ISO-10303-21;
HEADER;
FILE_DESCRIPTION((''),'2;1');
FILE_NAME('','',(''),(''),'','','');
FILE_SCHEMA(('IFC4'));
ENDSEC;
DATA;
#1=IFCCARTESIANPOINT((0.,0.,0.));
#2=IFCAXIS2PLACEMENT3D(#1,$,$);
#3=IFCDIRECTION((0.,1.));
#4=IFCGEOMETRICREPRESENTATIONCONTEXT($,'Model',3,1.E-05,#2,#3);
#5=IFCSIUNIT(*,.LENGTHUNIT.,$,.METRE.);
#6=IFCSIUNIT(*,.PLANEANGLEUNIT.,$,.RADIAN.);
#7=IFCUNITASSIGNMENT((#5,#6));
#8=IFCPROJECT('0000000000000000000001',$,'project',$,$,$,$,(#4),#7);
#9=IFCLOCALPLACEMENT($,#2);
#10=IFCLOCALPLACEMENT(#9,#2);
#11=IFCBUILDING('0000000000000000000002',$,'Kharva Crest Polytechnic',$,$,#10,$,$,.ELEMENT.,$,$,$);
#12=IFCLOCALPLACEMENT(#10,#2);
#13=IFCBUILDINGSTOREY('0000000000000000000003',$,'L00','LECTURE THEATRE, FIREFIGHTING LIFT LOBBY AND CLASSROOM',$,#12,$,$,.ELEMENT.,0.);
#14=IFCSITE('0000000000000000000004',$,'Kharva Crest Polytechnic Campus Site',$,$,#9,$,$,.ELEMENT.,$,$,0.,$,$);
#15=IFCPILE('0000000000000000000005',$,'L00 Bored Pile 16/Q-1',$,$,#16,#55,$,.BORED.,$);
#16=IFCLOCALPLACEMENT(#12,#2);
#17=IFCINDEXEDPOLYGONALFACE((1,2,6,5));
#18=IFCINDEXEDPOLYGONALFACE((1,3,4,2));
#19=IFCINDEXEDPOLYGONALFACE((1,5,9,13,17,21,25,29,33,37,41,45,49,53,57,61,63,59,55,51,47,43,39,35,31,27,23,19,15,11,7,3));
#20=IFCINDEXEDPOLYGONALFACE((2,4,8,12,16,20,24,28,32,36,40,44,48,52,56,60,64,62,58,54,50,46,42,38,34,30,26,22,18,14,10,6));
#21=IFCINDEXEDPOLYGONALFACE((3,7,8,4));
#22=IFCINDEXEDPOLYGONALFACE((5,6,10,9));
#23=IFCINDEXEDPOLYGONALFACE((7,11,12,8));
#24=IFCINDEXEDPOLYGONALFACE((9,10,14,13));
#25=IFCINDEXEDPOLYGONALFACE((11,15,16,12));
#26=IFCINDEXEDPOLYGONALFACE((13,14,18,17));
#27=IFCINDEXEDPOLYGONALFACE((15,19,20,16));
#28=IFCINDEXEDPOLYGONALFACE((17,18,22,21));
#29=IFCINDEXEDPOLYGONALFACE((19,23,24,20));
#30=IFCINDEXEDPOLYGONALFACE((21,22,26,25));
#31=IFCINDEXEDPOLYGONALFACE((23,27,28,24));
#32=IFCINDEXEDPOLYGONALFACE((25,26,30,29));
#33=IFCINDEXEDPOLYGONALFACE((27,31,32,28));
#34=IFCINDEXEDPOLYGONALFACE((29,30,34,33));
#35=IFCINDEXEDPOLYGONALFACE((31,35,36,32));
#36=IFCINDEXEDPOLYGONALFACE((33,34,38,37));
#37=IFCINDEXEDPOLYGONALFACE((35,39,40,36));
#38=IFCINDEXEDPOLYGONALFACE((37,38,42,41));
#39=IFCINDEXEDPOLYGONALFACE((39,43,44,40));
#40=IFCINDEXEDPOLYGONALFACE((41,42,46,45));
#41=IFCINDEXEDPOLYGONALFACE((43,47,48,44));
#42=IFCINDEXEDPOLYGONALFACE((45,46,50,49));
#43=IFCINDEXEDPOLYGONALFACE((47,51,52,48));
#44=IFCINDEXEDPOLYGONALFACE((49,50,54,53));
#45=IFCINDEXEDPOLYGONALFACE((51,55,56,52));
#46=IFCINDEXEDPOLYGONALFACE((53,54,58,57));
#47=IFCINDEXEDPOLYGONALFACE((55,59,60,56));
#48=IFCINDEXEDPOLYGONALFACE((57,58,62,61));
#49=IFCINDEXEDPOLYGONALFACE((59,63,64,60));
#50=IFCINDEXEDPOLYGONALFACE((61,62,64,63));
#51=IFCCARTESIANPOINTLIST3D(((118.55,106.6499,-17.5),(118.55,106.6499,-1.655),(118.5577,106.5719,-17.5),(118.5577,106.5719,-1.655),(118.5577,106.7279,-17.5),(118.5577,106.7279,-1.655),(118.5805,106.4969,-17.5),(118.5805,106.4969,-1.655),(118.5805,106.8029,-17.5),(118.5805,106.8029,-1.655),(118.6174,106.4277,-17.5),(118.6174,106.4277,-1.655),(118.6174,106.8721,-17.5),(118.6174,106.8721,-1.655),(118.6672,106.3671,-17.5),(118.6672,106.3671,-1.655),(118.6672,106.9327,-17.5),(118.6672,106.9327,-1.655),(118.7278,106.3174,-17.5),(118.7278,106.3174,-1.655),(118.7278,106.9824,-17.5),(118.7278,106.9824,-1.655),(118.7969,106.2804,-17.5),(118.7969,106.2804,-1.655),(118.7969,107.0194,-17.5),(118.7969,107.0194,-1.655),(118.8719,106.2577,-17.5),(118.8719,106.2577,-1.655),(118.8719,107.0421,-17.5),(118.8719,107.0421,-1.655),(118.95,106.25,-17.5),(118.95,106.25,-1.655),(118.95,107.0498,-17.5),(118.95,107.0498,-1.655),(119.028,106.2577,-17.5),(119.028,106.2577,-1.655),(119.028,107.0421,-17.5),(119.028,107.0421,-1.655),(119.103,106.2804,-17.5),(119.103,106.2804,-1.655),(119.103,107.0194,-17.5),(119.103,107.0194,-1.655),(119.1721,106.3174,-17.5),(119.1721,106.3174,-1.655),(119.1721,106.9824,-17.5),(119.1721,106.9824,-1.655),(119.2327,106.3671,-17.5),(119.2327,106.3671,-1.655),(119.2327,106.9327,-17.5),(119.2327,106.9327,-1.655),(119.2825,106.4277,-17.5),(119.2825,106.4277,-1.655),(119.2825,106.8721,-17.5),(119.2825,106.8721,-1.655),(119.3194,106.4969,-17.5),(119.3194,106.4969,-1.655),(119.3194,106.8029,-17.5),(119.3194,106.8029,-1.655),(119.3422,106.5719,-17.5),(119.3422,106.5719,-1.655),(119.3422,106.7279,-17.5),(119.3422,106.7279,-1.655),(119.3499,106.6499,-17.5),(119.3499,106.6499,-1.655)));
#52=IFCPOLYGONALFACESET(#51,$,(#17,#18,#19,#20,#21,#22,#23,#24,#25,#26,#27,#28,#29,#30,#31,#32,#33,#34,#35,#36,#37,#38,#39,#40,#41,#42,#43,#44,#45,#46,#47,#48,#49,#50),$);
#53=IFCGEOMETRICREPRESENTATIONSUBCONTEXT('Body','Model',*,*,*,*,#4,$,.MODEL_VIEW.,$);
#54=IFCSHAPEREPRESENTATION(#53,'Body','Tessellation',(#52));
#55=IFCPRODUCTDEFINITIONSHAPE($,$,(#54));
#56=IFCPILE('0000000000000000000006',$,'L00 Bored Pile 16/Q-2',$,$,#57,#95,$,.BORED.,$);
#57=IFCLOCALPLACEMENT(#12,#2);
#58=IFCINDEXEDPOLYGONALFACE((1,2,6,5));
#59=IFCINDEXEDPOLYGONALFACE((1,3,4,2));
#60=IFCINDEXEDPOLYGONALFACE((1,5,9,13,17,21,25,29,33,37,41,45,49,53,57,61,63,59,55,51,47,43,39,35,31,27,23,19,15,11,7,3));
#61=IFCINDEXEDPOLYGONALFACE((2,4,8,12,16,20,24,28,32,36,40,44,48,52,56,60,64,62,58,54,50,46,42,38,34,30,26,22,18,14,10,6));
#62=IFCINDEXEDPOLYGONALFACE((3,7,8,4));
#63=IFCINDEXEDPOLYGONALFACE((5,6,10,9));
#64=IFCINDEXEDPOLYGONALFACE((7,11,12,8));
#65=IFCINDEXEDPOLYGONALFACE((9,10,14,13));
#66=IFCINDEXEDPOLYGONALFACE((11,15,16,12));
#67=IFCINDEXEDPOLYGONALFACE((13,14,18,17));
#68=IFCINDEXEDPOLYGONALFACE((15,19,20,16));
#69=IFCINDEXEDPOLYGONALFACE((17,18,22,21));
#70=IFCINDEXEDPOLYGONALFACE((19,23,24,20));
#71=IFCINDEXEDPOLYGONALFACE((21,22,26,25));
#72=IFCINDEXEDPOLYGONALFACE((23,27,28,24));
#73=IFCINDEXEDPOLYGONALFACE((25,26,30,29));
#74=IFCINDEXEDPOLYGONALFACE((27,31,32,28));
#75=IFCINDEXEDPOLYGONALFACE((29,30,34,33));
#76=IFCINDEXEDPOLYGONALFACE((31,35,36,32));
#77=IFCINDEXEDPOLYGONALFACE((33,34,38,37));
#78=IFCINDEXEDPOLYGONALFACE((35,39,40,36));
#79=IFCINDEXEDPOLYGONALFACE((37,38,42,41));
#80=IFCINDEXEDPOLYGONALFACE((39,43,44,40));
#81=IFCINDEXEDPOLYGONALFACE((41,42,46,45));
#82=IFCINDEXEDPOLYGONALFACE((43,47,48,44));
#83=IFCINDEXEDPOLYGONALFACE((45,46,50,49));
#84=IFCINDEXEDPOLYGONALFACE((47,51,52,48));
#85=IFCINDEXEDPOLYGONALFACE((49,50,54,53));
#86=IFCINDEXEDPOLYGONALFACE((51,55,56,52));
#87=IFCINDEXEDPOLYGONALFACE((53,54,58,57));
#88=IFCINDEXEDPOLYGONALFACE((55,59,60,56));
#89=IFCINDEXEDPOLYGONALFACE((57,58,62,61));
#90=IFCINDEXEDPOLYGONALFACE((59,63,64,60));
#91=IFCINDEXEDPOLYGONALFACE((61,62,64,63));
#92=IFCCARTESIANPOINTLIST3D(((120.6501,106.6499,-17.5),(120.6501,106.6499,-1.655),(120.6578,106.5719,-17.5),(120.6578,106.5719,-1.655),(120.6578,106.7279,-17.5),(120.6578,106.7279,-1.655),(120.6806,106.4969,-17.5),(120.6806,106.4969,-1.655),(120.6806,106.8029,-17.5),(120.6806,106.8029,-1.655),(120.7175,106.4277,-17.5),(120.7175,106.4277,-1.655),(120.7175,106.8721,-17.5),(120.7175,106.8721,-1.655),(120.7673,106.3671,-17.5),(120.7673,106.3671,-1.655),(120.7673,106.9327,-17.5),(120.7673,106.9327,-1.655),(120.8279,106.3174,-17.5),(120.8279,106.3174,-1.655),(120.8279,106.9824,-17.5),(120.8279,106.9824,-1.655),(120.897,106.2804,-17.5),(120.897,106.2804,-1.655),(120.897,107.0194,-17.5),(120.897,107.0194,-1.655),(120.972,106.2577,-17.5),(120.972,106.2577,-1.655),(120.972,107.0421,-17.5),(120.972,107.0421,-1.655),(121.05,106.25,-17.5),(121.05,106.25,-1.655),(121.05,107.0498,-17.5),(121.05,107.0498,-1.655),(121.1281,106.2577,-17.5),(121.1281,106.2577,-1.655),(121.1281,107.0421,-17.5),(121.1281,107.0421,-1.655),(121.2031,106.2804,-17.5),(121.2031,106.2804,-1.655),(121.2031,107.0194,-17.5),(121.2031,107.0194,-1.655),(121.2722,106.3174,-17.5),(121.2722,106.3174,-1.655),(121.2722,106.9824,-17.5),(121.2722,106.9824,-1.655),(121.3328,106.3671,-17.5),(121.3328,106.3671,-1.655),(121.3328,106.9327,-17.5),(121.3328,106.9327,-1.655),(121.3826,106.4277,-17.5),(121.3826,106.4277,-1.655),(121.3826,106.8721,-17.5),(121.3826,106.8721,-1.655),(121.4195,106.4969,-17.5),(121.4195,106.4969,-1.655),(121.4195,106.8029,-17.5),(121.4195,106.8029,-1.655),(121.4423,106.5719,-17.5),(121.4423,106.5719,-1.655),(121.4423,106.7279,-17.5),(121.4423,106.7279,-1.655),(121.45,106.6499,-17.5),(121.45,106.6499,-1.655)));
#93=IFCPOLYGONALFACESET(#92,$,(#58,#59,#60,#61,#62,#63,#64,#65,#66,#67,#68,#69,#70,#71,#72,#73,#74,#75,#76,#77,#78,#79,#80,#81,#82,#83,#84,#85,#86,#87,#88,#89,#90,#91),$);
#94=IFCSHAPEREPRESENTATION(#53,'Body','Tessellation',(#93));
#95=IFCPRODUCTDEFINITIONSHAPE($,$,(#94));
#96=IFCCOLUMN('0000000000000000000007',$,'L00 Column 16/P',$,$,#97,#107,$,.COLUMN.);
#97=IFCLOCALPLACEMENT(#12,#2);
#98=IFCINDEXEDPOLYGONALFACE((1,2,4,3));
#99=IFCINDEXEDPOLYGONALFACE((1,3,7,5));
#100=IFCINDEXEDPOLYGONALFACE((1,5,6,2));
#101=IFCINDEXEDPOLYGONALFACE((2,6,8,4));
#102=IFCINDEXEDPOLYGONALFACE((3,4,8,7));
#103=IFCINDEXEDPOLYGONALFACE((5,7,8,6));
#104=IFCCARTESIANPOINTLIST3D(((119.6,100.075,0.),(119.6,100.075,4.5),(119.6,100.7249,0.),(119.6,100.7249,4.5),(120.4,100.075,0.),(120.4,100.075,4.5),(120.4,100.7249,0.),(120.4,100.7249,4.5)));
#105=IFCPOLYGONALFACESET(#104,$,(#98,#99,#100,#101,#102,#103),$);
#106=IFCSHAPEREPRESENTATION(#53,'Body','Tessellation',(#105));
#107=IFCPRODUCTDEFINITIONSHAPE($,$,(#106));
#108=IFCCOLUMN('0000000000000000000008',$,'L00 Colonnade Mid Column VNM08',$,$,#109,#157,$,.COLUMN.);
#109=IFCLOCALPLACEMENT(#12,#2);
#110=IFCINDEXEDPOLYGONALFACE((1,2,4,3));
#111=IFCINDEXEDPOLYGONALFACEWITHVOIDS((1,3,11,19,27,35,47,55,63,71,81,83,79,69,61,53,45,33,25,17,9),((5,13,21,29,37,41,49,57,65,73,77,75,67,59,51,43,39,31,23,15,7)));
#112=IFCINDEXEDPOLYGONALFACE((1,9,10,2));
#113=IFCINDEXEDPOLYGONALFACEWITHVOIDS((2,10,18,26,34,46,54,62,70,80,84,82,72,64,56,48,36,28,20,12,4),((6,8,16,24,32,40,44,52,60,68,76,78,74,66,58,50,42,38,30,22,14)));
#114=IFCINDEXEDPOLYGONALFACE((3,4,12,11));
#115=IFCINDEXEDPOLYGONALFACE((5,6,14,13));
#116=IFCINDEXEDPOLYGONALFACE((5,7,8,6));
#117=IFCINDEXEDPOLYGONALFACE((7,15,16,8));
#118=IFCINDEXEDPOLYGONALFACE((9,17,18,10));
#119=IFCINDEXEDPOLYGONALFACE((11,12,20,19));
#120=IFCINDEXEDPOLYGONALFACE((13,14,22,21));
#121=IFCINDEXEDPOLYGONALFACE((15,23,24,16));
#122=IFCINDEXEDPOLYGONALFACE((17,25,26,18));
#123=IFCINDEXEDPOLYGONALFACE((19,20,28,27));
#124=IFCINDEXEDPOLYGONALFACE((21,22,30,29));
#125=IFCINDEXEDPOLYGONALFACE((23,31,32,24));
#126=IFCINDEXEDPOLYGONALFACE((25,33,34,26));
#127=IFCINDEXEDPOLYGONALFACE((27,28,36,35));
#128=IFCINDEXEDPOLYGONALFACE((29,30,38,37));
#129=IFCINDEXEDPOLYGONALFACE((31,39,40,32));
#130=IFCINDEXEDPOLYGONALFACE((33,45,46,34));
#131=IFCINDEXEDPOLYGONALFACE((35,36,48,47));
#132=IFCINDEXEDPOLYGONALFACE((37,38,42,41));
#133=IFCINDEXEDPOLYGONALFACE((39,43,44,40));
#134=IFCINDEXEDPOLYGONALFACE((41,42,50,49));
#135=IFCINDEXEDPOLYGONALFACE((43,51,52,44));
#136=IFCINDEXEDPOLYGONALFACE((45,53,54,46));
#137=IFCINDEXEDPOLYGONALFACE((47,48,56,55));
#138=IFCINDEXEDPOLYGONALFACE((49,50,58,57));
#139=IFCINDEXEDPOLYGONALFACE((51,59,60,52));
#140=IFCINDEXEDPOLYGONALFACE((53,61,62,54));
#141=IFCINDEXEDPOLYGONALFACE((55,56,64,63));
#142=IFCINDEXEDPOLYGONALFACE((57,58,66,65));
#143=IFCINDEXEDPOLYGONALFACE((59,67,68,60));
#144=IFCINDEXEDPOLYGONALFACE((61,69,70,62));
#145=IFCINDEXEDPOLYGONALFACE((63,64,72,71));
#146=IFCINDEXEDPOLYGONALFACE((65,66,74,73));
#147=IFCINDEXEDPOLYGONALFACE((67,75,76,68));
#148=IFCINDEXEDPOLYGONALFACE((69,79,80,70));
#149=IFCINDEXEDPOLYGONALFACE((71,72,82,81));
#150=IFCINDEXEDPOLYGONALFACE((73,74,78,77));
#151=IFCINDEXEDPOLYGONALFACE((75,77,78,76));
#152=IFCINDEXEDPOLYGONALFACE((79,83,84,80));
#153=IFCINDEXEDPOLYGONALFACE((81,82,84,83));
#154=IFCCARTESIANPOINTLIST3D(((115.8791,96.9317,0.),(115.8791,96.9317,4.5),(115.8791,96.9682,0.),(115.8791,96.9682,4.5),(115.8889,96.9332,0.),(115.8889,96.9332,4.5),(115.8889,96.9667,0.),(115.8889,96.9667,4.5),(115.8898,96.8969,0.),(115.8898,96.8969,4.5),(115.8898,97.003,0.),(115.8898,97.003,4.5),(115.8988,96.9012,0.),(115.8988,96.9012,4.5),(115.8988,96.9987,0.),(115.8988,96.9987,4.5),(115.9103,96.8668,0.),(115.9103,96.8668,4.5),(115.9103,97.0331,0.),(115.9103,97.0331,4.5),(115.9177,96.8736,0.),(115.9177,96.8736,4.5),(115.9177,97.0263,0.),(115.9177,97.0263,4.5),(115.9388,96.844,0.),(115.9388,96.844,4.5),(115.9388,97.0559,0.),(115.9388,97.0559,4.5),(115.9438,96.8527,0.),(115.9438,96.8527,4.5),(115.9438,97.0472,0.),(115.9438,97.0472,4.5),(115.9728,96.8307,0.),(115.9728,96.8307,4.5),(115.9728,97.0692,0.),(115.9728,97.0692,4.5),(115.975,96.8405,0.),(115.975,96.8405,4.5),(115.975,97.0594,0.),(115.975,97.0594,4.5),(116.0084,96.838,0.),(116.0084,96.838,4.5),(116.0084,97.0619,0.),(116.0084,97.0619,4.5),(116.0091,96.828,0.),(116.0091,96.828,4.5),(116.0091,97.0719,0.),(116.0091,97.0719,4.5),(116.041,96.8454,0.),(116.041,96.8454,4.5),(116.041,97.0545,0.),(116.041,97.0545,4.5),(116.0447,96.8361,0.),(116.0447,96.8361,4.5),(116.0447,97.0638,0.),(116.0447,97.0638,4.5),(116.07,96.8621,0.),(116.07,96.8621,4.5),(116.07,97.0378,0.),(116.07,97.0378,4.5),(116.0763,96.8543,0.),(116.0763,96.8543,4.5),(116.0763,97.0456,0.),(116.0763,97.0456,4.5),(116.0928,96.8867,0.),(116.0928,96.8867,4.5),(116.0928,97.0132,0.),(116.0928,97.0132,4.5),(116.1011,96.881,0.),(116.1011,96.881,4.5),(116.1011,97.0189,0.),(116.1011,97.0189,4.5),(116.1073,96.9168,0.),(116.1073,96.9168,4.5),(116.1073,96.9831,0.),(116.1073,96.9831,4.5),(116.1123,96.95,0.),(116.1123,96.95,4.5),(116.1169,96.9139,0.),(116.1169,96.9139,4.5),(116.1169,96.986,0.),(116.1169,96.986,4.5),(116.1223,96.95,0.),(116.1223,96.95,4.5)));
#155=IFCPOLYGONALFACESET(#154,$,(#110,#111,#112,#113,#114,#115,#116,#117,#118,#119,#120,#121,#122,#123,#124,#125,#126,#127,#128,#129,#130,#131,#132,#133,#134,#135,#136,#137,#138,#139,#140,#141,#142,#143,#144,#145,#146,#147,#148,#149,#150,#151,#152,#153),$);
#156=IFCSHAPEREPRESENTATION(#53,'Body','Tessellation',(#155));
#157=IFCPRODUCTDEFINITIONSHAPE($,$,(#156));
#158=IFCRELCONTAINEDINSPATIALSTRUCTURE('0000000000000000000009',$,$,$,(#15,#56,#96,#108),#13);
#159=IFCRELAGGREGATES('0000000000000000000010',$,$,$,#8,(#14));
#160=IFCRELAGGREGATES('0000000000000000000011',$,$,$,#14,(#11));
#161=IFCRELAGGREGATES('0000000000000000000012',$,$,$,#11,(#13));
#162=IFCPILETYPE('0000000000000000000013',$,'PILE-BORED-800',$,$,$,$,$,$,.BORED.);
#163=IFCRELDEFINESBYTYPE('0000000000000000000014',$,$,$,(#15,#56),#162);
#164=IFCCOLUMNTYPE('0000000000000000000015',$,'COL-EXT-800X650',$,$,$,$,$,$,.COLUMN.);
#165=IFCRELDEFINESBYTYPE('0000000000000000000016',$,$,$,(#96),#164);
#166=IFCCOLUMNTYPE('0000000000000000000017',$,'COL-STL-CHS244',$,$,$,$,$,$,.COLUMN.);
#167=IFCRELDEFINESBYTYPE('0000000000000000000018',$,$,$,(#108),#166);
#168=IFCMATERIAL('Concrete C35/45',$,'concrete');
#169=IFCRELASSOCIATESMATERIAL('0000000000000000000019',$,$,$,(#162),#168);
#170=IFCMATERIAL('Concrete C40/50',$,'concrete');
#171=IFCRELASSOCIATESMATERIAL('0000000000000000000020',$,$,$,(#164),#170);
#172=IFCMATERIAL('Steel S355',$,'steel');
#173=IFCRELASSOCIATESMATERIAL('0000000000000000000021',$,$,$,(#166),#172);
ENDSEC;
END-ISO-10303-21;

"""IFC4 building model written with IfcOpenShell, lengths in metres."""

from ifc_helpers import new_model, si_unit, direction, frame, origin, origin_2d, place, context, subcontext, project, spatial, rectangle, circle, hollow_circle, extrude, material, material_profile, profile_set, type_object, element, save


model = new_model("IFC4")

# Units and contexts
model_context = context("Model", 3, precision=1e-05, world=origin(), true_north=direction((0.0, 1.0)))
body_context = subcontext(model_context, "Body", "Model", "MODEL_VIEW")
ifc_project = project(units=[si_unit("LENGTHUNIT", "METRE"), si_unit("PLANEANGLEUNIT", "RADIAN")], contexts=[model_context])

# Site, building, storey
site_placement = place(None, origin())
site = spatial("IfcSite", under=ifc_project, at=site_placement, Name="Kharva Crest Polytechnic Campus Site", CompositionType="ELEMENT", RefElevation=0.0)
building_placement = place(site_placement, origin())
building = spatial("IfcBuilding", under=site, at=building_placement, Name="Kharva Crest Polytechnic", CompositionType="ELEMENT")
storey_placement = place(building_placement, origin())
storey = spatial("IfcBuildingStorey", under=building, at=storey_placement, Name="L00", Description="LECTURE THEATRE, FIREFIGHTING LIFT LOBBY AND CLASSROOM", CompositionType="ELEMENT", Elevation=0.0)

# Shared definitions
ifc_material_1 = material(Name="Concrete C35/45", Category="concrete")

# Piles
ifc_material_profile_1 = material_profile(ifc_material_1, circle(Radius=0.3999, at=origin_2d()), Name="DIA 800")
ifc_profile_set_1 = profile_set([ifc_material_profile_1], Name="Concrete C35/45")
pile_type = type_object("IfcPileType", Name="PILE-BORED-800", PredefinedType="BORED", material=ifc_profile_set_1)
for number, where, z_axis, x_axis, name in (
    (1, (118.95, 106.6499, -1.655), (0.0, 0.0, -1.0), (1.0, 0.0, 0.0), "L00 Bored Pile 16/Q-1"),
    (2, (121.05, 106.6499, -1.655), (0.0, 0.0, -1.0), (1.0, 0.0, 0.0), "L00 Bored Pile 16/Q-2"),
):
    element("IfcPile", number, at=place(storey_placement, frame(where, z_axis=z_axis, x_axis=x_axis)), inside=storey, type_object=pile_type, Name=name, PredefinedType="BORED", context=body_context, shape_type="SweptSolid", body=[
        extrude(circle(Radius=0.3999, at=origin_2d()), origin(), (0.0, 0.0, 1.0), 15.845),
    ])

# Columns
ifc_material_2 = material(Name="Concrete C40/50", Category="concrete")
ifc_material_profile_2 = material_profile(ifc_material_2, rectangle(XDim=0.8, YDim=0.6499, at=origin_2d()), Name="RECT 800 X 650")
ifc_profile_set_2 = profile_set([ifc_material_profile_2], Name="Concrete C40/50")
column_type_1 = type_object("IfcColumnType", Name="COL-EXT-800X650", PredefinedType="COLUMN", material=ifc_profile_set_2)
column_placement = place(storey_placement, frame((120.0, 100.3999, 0.0), z_axis=(0.0, 0.0, 1.0), x_axis=(1.0, 0.0, 0.0)))
element("IfcColumn", 3, at=column_placement, inside=storey, type_object=column_type_1, Name="L00 Column 16/P", PredefinedType="COLUMN", context=body_context, shape_type="SweptSolid", body=[
    extrude(rectangle(XDim=0.8, YDim=0.6499, at=origin_2d()), origin(), (0.0, 0.0, 1.0), 4.5),
])
ifc_material_3 = material(Name="Steel S355", Category="steel")
ifc_material_profile_3 = material_profile(ifc_material_3, hollow_circle(Radius=0.1223, WallThickness=0.01, at=origin_2d()), Name="CHS 244.5X10.0")
ifc_profile_set_3 = profile_set([ifc_material_profile_3], Name="Steel S355")
column_type_2 = type_object("IfcColumnType", Name="COL-STL-CHS244", PredefinedType="COLUMN", material=ifc_profile_set_3)
for number, where, z_axis, x_axis, name in (
    (4, (116.0, 96.95, 0.0), (0.0, 0.0, 1.0), (1.0, 0.0, 0.0), "L00 Colonnade Mid Column VNM08"),
):
    element("IfcColumn", number, at=place(storey_placement, frame(where, z_axis=z_axis, x_axis=x_axis)), inside=storey, type_object=column_type_2, Name=name, PredefinedType="COLUMN", context=body_context, shape_type="SweptSolid", body=[
        extrude(hollow_circle(Radius=0.1223, WallThickness=0.01, at=origin_2d()), origin(), (0.0, 0.0, 1.0), 4.5),
    ])

save(model, "model.ifc")
